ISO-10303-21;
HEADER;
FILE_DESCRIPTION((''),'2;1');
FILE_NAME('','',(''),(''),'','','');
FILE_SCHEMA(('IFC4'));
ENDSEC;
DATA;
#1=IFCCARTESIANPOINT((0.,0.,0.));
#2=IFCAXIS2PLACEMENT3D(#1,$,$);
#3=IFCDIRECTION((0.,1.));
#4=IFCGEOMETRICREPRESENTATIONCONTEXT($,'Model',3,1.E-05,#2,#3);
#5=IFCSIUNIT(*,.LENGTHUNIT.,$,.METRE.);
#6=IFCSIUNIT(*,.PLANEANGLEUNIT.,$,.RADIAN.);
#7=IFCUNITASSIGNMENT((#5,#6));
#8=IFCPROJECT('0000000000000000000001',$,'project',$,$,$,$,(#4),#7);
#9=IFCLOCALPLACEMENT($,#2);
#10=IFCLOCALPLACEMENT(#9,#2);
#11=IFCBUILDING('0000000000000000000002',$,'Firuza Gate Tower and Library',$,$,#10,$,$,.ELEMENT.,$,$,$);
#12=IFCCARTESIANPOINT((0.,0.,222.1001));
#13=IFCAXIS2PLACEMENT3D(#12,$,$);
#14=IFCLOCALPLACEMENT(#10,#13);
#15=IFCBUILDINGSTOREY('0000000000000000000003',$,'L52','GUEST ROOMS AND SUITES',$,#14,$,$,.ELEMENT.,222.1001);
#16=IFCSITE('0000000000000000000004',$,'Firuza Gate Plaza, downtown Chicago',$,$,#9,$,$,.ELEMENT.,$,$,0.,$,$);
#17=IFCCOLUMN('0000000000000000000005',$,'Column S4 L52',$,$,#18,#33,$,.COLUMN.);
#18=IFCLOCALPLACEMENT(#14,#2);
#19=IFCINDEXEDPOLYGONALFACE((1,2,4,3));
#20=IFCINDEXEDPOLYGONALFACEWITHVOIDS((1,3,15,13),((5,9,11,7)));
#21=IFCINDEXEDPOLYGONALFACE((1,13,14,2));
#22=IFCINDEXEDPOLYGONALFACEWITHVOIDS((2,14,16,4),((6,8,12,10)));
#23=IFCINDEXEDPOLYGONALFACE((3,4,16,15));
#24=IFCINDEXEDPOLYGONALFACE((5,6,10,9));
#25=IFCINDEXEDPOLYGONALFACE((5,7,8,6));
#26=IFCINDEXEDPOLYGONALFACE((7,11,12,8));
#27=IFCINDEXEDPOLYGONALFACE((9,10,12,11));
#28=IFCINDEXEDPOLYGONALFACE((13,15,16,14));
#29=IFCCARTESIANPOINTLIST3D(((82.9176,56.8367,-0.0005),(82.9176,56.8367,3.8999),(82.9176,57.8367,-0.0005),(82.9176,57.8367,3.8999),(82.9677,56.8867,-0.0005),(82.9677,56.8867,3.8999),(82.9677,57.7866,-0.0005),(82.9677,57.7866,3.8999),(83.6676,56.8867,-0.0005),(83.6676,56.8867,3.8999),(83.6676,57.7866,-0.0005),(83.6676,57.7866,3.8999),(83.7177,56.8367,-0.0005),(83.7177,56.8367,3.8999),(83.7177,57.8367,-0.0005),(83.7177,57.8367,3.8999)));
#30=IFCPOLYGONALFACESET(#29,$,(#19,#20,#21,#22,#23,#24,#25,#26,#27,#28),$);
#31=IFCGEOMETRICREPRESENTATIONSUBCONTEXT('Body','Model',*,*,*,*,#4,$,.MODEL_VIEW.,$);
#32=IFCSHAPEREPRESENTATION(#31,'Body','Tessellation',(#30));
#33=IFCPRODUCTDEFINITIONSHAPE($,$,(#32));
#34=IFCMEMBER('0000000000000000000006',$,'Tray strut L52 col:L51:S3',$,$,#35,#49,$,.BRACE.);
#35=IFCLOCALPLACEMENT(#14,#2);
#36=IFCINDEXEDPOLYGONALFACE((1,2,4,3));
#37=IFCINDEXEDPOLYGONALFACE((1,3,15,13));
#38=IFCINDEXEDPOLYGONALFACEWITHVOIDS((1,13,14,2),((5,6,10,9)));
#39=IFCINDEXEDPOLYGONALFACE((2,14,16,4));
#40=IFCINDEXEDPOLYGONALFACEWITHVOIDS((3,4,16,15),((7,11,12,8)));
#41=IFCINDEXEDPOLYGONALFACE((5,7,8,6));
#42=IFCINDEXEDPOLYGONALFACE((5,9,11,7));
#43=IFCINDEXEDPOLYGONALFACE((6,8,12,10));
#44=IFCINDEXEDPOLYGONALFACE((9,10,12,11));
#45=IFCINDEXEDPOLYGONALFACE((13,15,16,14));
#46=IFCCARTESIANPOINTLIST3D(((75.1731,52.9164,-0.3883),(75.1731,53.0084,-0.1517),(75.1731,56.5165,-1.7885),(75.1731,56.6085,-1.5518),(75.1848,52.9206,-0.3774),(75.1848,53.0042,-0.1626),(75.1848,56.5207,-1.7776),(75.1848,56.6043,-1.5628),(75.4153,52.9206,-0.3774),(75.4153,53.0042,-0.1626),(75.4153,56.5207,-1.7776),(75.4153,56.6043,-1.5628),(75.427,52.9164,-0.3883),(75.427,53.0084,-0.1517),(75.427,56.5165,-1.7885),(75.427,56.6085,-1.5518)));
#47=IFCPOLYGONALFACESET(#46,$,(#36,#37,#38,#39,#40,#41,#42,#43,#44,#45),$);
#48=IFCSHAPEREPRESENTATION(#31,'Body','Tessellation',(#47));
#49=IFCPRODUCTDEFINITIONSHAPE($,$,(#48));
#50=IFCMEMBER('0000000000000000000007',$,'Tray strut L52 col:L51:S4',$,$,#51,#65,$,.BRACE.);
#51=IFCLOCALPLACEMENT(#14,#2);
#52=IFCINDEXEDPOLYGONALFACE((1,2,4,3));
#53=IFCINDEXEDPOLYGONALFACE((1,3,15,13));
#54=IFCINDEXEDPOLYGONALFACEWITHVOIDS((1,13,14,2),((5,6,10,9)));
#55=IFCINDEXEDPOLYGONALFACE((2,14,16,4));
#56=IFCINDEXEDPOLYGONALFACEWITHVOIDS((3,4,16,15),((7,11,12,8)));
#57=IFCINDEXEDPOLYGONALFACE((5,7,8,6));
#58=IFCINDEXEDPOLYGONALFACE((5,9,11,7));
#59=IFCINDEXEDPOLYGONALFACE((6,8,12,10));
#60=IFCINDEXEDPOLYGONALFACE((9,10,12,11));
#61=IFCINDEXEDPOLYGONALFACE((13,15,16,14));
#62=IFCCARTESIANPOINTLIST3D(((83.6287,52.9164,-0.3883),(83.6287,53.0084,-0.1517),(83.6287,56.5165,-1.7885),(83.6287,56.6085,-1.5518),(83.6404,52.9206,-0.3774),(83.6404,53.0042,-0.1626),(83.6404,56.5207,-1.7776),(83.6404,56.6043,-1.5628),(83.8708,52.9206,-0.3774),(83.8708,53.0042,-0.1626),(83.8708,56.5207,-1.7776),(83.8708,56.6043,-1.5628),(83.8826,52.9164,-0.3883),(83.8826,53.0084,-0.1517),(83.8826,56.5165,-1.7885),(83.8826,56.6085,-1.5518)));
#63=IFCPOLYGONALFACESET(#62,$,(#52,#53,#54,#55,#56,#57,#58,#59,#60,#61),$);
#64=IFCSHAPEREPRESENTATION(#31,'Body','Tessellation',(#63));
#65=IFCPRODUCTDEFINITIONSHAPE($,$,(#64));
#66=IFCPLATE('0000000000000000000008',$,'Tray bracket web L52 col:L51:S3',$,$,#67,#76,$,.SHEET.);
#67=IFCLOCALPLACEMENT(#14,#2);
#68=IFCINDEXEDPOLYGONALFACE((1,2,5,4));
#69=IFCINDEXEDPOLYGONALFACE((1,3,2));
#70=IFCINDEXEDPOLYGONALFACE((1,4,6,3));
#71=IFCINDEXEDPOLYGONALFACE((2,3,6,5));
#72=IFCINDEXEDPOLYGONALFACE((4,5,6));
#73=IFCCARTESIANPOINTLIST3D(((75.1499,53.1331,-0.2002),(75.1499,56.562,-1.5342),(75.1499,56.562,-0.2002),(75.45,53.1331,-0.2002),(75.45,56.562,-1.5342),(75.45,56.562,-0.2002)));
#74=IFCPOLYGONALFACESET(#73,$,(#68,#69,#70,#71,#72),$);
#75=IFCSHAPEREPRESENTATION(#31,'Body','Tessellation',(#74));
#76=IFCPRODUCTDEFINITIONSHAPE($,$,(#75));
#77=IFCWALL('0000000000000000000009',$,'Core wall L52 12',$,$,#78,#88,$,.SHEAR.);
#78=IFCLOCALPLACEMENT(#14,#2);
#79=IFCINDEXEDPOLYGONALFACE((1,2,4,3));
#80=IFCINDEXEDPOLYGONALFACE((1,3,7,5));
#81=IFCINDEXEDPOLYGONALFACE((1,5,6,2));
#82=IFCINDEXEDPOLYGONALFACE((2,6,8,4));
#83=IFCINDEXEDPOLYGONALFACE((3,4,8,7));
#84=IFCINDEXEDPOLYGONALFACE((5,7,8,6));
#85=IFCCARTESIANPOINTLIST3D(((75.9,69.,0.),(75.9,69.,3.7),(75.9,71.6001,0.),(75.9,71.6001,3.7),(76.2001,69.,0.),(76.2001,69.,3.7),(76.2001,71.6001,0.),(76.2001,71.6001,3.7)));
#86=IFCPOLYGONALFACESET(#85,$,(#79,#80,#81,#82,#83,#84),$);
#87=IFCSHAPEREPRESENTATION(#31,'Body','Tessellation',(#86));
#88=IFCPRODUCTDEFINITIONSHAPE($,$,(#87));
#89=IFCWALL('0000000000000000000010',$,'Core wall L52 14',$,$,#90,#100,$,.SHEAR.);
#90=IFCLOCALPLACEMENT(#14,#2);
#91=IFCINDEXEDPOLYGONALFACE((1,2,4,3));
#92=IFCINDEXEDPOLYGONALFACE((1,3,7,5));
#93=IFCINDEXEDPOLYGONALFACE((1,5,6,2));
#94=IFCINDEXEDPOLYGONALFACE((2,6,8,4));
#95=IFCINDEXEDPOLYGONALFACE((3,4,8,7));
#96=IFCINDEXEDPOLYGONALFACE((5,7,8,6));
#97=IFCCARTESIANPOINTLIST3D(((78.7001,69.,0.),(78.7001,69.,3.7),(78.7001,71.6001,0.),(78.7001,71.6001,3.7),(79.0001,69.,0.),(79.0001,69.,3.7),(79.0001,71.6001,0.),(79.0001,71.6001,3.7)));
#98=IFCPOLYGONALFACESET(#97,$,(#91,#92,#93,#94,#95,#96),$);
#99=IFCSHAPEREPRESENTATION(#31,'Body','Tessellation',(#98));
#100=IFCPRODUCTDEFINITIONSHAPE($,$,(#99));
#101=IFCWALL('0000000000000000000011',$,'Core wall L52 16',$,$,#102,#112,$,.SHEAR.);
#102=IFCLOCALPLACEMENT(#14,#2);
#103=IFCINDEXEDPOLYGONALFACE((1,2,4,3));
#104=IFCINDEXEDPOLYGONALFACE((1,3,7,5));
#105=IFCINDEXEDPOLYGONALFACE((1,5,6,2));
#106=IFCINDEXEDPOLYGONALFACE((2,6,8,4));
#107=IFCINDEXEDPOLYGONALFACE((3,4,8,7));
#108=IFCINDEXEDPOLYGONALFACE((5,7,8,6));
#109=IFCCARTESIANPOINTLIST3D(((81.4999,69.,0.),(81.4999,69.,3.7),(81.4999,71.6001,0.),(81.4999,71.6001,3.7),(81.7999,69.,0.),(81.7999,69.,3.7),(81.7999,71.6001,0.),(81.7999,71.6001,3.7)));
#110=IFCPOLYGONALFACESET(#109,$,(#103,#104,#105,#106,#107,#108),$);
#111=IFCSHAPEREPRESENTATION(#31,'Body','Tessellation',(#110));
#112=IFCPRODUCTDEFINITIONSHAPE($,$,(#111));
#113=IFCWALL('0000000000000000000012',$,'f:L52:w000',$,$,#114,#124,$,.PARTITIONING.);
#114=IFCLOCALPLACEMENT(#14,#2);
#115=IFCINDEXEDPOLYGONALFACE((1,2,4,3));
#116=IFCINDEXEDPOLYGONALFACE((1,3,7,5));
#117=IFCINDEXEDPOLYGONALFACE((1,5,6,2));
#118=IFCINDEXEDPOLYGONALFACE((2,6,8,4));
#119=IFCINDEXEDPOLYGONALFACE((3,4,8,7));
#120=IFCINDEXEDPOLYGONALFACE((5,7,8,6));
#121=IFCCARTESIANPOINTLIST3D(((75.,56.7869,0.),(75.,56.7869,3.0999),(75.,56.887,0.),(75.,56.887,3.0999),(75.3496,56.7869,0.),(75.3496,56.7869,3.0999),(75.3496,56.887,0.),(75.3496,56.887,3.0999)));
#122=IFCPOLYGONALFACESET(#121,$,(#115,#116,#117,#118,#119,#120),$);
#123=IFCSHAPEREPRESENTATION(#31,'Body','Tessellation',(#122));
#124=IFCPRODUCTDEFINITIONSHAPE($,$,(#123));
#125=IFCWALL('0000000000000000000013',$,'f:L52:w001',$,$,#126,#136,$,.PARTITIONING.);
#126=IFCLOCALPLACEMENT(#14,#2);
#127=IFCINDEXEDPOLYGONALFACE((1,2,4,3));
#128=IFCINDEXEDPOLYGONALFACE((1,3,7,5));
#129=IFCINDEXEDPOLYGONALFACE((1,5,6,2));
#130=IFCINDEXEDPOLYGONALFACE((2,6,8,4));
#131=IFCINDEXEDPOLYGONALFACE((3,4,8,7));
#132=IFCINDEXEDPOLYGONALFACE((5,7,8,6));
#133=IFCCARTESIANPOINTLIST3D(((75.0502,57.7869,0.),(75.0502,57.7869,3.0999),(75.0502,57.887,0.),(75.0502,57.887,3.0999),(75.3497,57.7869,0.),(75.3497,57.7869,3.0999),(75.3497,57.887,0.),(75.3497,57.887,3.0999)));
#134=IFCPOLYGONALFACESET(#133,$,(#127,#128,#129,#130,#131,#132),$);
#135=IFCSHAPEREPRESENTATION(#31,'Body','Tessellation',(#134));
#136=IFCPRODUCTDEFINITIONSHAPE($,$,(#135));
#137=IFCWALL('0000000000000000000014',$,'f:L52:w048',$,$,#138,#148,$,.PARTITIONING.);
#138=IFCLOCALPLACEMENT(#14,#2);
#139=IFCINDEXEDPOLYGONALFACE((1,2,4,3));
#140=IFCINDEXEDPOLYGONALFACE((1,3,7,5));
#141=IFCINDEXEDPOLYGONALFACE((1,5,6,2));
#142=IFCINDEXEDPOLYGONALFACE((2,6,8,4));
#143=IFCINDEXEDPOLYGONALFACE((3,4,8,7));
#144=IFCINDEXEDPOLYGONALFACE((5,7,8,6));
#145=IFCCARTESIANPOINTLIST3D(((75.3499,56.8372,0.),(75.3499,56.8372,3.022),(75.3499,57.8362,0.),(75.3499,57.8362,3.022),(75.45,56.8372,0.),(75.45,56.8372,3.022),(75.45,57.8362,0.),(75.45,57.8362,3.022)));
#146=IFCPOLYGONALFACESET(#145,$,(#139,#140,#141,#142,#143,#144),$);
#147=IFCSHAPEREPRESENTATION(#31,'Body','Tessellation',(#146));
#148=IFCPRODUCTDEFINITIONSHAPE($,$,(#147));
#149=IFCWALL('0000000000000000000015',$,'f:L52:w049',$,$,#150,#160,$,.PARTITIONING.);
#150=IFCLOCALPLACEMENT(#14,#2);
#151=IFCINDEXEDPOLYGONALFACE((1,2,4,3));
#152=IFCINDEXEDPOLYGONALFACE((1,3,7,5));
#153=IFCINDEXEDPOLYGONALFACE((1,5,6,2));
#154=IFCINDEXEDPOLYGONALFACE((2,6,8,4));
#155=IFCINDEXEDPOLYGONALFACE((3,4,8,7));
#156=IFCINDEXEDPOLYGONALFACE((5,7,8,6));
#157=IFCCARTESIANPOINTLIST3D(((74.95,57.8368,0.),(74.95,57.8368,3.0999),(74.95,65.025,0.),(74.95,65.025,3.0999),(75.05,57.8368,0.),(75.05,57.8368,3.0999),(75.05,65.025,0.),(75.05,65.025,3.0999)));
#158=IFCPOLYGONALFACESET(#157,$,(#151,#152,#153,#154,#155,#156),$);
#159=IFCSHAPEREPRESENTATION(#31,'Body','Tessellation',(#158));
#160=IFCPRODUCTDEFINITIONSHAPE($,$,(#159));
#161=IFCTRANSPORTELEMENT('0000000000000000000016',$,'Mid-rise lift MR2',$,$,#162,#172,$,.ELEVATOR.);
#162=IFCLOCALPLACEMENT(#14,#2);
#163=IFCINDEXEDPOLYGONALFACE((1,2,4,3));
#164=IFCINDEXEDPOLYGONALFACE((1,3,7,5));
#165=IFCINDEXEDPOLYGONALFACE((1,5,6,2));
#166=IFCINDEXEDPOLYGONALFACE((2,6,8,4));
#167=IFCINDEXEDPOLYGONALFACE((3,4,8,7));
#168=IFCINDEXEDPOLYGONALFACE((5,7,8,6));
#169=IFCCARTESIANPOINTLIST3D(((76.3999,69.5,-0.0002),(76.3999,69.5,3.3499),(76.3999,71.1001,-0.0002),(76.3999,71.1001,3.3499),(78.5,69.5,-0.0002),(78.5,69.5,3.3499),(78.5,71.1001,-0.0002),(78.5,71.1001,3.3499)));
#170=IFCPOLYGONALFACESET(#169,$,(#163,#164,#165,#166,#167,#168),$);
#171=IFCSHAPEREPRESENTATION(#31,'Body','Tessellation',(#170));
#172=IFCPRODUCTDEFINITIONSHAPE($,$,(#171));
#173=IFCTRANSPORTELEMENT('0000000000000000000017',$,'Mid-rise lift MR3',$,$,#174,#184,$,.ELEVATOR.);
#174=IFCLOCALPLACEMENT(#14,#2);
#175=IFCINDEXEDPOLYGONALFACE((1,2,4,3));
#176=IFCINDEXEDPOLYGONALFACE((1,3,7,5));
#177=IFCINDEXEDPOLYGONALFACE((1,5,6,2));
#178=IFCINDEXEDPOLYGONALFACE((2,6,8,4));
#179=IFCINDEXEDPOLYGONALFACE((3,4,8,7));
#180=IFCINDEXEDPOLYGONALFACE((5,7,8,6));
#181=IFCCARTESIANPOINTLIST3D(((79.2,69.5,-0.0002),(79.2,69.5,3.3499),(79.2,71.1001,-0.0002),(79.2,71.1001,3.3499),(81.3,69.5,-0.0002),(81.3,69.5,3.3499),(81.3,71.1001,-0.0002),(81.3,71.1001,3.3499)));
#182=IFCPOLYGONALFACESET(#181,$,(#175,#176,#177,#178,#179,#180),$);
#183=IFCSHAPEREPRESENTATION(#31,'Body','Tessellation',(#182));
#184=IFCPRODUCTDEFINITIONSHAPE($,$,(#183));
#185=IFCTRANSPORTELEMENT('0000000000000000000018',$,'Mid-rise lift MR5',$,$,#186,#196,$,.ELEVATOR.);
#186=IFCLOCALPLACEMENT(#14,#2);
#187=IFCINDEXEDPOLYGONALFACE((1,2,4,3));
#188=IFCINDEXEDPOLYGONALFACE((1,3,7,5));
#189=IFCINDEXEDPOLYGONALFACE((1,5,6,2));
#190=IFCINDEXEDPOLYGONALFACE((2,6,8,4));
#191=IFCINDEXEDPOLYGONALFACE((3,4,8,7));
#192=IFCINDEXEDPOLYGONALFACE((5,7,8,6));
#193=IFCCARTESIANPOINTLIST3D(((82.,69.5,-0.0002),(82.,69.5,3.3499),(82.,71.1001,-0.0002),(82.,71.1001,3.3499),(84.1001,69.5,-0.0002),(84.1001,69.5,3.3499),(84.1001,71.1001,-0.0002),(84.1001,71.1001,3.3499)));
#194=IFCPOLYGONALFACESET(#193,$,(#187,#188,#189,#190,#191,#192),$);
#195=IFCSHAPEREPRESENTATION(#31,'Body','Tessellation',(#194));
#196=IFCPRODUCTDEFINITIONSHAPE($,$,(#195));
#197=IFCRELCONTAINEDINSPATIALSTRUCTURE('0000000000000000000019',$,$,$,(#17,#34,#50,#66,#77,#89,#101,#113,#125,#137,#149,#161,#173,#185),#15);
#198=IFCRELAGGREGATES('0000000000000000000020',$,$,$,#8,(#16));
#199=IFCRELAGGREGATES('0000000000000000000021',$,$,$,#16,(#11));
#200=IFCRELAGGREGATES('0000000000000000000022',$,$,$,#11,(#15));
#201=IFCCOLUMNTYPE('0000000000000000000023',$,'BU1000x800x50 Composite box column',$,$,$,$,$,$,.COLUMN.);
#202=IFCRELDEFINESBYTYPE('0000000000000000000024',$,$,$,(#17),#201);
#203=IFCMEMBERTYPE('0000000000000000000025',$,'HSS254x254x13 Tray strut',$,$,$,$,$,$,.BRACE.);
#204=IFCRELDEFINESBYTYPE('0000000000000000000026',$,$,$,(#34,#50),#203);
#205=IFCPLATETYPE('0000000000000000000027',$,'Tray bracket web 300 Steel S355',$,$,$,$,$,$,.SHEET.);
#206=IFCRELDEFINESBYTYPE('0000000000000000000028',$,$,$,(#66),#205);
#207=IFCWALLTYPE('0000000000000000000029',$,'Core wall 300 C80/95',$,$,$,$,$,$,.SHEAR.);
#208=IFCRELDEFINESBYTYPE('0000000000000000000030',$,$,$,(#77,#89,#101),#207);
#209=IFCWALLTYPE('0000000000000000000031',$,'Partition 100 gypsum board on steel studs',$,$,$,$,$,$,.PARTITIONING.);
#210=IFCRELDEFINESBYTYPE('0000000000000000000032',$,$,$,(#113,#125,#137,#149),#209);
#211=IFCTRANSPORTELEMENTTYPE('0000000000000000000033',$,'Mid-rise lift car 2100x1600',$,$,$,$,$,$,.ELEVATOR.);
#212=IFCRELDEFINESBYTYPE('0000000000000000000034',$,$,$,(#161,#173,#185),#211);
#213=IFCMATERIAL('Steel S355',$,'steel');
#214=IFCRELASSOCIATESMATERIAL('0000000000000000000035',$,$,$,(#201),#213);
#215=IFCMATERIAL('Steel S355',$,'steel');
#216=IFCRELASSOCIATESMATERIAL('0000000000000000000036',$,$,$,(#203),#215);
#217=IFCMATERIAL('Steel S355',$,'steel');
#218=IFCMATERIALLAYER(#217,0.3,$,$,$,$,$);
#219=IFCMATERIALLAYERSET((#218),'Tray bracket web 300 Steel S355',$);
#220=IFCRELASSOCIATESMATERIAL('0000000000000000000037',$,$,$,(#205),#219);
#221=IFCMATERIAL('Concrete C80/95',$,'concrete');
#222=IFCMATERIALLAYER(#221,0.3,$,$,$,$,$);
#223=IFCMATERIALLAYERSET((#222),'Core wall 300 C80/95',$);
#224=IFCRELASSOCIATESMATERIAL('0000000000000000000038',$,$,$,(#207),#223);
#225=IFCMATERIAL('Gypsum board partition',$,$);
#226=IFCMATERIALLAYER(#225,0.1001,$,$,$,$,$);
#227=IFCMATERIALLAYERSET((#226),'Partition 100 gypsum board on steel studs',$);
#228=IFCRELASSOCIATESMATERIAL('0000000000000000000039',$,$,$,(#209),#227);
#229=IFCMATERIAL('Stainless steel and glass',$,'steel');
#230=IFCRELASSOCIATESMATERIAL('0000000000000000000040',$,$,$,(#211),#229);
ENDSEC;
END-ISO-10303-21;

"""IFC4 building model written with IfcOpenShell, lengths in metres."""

from ifc_helpers import new_model, si_unit, direction, frame, frame_2d, origin, origin_2d, place, context, subcontext, project, spatial, polyline, rectangle, hollow_rectangle, outline, extrude, material, layer, layer_set, material_profile, profile_set, type_object, element, save


model = new_model("IFC4")

# Units and contexts
model_context = context("Model", 3, precision=1e-05, world=origin(), true_north=direction((0.0, 1.0)))
body_context = subcontext(model_context, "Body", "Model", "MODEL_VIEW")
ifc_project = project(units=[si_unit("LENGTHUNIT", "METRE"), si_unit("PLANEANGLEUNIT", "RADIAN")], contexts=[model_context])

# Site, building, storey
site_placement = place(None, origin())
site = spatial("IfcSite", under=ifc_project, at=site_placement, Name="Firuza Gate Plaza, downtown Chicago", CompositionType="ELEMENT", RefElevation=0.0)
building_placement = place(site_placement, origin())
building = spatial("IfcBuilding", under=site, at=building_placement, Name="Firuza Gate Tower and Library", CompositionType="ELEMENT")
storey_placement = place(building_placement, frame((0.0, 0.0, 222.1001)))
storey = spatial("IfcBuildingStorey", under=building, at=storey_placement, Name="L52", Description="GUEST ROOMS AND SUITES", CompositionType="ELEMENT", Elevation=222.1001)

# Column
ifc_material_1 = material(Name="Steel S355", Category="steel")
ifc_material_profile_1 = material_profile(ifc_material_1, hollow_rectangle(XDim=0.8, YDim=1.0, WallThickness=0.05, at=origin_2d()))
ifc_profile_set_1 = profile_set([ifc_material_profile_1], Name="Steel S355")
column_type = type_object("IfcColumnType", Name="BU1000x800x50 Composite box column", PredefinedType="COLUMN", material=ifc_profile_set_1)
column_placement = place(storey_placement, frame((83.3176, 57.3367, -0.0005), z_axis=(0.0, 0.0, 1.0), x_axis=(1.0, 0.0, 0.0)))
element("IfcColumn", 1, at=column_placement, inside=storey, type_object=column_type, Name="Column S4 L52", PredefinedType="COLUMN", context=body_context, shape_type="SweptSolid", body=[
    extrude(hollow_rectangle(XDim=0.8, YDim=1.0, WallThickness=0.05, at=origin_2d()), origin(), (0.0, 0.0, 1.0), 3.9004),
])

# Members
ifc_material_2 = material(Name="Steel S355", Category="steel")
ifc_material_profile_2 = material_profile(ifc_material_2, hollow_rectangle(XDim=0.2539, YDim=0.2539, WallThickness=0.0117, at=origin_2d()))
ifc_profile_set_2 = profile_set([ifc_material_profile_2], Name="Steel S355")
member_type = type_object("IfcMemberType", Name="HSS254x254x13 Tray strut", PredefinedType="BRACE", material=ifc_profile_set_2)
for number, where, z_axis, x_axis, name in (
    (2, (75.3, 56.5625, -1.6702), (0.0, -0.931995, 0.362471), (1.0, 0.0, 0.0), "Tray strut L52 col:L51:S3"),
    (3, (83.7556, 56.5625, -1.6702), (0.0, -0.931995, 0.362471), (1.0, 0.0, 0.0), "Tray strut L52 col:L51:S4"),
):
    element("IfcMember", number, at=place(storey_placement, frame(where, z_axis=z_axis, x_axis=x_axis)), inside=storey, type_object=member_type, Name=name, PredefinedType="BRACE", context=body_context, shape_type="SweptSolid", body=[
        extrude(hollow_rectangle(XDim=0.2539, YDim=0.2539, WallThickness=0.0117, at=origin_2d()), origin(), (0.0, 0.0, 1.0), 3.8628),
    ])

# Plate
ifc_material_3 = material(Name="Steel S355", Category="steel")
ifc_layer_1 = layer(ifc_material_3, 0.3)
ifc_layer_set_1 = layer_set([ifc_layer_1], Name="Tray bracket web 300 Steel S355")
plate_type = type_object("IfcPlateType", Name="Tray bracket web 300 Steel S355", PredefinedType="SHEET", material=ifc_layer_set_1)
plate_placement = place(storey_placement, frame((75.45, 56.562, -0.2002), z_axis=(1.0, 0.0, 0.0), x_axis=(0.0, -1.0, 0.0)))
element("IfcPlate", 4, at=plate_placement, inside=storey, type_object=plate_type, Name="Tray bracket web L52 col:L51:S3", PredefinedType="SHEET", context=body_context, shape_type="SweptSolid", body=[
    extrude(outline(polyline([(0.0, 0.0), (3.429, 0.0), (0.0, 1.334), (0.0, 0.0)])), origin(), (0.0, 0.0, -1.0), 0.3),
])

# Walls
ifc_material_4 = material(Name="Concrete C80/95", Category="concrete")
ifc_layer_2 = layer(ifc_material_4, 0.3)
ifc_layer_set_2 = layer_set([ifc_layer_2], Name="Core wall 300 C80/95")
wall_type_1 = type_object("IfcWallType", Name="Core wall 300 C80/95", PredefinedType="SHEAR", material=ifc_layer_set_2)
for number, where, z_axis, x_axis, name in (
    (5, (76.05, 69.0, 0.0), (0.0, 0.0, 1.0), (0.0, 1.0, 0.0), "Core wall L52 12"),
    (6, (78.8501, 69.0, 0.0), (0.0, 0.0, 1.0), (0.0, 1.0, 0.0), "Core wall L52 14"),
    (7, (81.6499, 69.0, 0.0), (0.0, 0.0, 1.0), (0.0, 1.0, 0.0), "Core wall L52 16"),
):
    element("IfcWall", number, at=place(storey_placement, frame(where, z_axis=z_axis, x_axis=x_axis)), inside=storey, type_object=wall_type_1, Name=name, PredefinedType="SHEAR", context=body_context, shape_type="SweptSolid", body=[
        extrude(rectangle(XDim=2.6001, YDim=0.3, at=frame_2d((1.3, 0.0))), origin(), (0.0, 0.0, 1.0), 3.7),
    ])
ifc_material_5 = material(Name="Gypsum board partition")
ifc_layer_3 = layer(ifc_material_5, 0.1001)
ifc_layer_set_3 = layer_set([ifc_layer_3], Name="Partition 100 gypsum board on steel studs")
wall_type_2 = type_object("IfcWallType", Name="Partition 100 gypsum board on steel studs", PredefinedType="PARTITIONING", material=ifc_layer_set_3)
wall_1_placement = place(storey_placement, frame((75.0, 56.8369, 0.0), z_axis=(0.0, 0.0, 1.0), x_axis=(1.0, 0.0, 0.0)))
element("IfcWall", 8, at=wall_1_placement, inside=storey, type_object=wall_type_2, Name="f:L52:w000", PredefinedType="PARTITIONING", context=body_context, shape_type="SweptSolid", body=[
    extrude(rectangle(XDim=0.3496, YDim=0.1001, at=frame_2d((0.1748, 0.0))), origin(), (0.0, 0.0, 1.0), 3.0999),
])
wall_2_placement = place(storey_placement, frame((75.05, 57.8369, 0.0), z_axis=(0.0, 0.0, 1.0), x_axis=(1.0, 0.0, 0.0)))
element("IfcWall", 9, at=wall_2_placement, inside=storey, type_object=wall_type_2, Name="f:L52:w001", PredefinedType="PARTITIONING", context=body_context, shape_type="SweptSolid", body=[
    extrude(rectangle(XDim=0.2996, YDim=0.1001, at=frame_2d((0.1499, 0.0))), origin(), (0.0, 0.0, 1.0), 3.0999),
])
wall_3_placement = place(storey_placement, frame((75.3999, 56.8372, 0.0), z_axis=(0.0, 0.0, 1.0), x_axis=(0.0, 1.0, 0.0)))
element("IfcWall", 10, at=wall_3_placement, inside=storey, type_object=wall_type_2, Name="f:L52:w048", PredefinedType="PARTITIONING", context=body_context, shape_type="SweptSolid", body=[
    extrude(rectangle(XDim=0.999, YDim=0.1001, at=frame_2d((0.4995, 0.0))), origin(), (0.0, 0.0, 1.0), 3.022),
])
wall_4_placement = place(storey_placement, frame((75.0, 57.8367, 0.0), z_axis=(0.0, 0.0, 1.0), x_axis=(0.0, 1.0, 0.0)))
element("IfcWall", 11, at=wall_4_placement, inside=storey, type_object=wall_type_2, Name="f:L52:w049", PredefinedType="PARTITIONING", context=body_context, shape_type="SweptSolid", body=[
    extrude(rectangle(XDim=7.1882, YDim=0.1001, at=frame_2d((3.5942, 0.0))), origin(), (0.0, 0.0, 1.0), 3.0999),
])

# Transport elements
ifc_material_6 = material(Name="Stainless steel and glass", Category="steel")
transport_element_type = type_object("IfcTransportElementType", Name="Mid-rise lift car 2100x1600", PredefinedType="ELEVATOR", material=ifc_material_6)
for number, where, z_axis, x_axis, name in (
    (12, (77.45, 70.3, -0.0002), (0.0, 0.0, 1.0), (1.0, 0.0, 0.0), "Mid-rise lift MR2"),
    (13, (80.25, 70.3, -0.0002), (0.0, 0.0, 1.0), (1.0, 0.0, 0.0), "Mid-rise lift MR3"),
    (14, (83.05, 70.3, -0.0002), (0.0, 0.0, 1.0), (1.0, 0.0, 0.0), "Mid-rise lift MR5"),
):
    element("IfcTransportElement", number, at=place(storey_placement, frame(where, z_axis=z_axis, x_axis=x_axis)), inside=storey, type_object=transport_element_type, Name=name, PredefinedType="ELEVATOR", context=body_context, shape_type="SweptSolid", body=[
        extrude(rectangle(XDim=2.1001, YDim=1.6001, at=origin_2d()), origin(), (0.0, 0.0, 1.0), 3.3501),
    ])

save(model, "model.ifc")
